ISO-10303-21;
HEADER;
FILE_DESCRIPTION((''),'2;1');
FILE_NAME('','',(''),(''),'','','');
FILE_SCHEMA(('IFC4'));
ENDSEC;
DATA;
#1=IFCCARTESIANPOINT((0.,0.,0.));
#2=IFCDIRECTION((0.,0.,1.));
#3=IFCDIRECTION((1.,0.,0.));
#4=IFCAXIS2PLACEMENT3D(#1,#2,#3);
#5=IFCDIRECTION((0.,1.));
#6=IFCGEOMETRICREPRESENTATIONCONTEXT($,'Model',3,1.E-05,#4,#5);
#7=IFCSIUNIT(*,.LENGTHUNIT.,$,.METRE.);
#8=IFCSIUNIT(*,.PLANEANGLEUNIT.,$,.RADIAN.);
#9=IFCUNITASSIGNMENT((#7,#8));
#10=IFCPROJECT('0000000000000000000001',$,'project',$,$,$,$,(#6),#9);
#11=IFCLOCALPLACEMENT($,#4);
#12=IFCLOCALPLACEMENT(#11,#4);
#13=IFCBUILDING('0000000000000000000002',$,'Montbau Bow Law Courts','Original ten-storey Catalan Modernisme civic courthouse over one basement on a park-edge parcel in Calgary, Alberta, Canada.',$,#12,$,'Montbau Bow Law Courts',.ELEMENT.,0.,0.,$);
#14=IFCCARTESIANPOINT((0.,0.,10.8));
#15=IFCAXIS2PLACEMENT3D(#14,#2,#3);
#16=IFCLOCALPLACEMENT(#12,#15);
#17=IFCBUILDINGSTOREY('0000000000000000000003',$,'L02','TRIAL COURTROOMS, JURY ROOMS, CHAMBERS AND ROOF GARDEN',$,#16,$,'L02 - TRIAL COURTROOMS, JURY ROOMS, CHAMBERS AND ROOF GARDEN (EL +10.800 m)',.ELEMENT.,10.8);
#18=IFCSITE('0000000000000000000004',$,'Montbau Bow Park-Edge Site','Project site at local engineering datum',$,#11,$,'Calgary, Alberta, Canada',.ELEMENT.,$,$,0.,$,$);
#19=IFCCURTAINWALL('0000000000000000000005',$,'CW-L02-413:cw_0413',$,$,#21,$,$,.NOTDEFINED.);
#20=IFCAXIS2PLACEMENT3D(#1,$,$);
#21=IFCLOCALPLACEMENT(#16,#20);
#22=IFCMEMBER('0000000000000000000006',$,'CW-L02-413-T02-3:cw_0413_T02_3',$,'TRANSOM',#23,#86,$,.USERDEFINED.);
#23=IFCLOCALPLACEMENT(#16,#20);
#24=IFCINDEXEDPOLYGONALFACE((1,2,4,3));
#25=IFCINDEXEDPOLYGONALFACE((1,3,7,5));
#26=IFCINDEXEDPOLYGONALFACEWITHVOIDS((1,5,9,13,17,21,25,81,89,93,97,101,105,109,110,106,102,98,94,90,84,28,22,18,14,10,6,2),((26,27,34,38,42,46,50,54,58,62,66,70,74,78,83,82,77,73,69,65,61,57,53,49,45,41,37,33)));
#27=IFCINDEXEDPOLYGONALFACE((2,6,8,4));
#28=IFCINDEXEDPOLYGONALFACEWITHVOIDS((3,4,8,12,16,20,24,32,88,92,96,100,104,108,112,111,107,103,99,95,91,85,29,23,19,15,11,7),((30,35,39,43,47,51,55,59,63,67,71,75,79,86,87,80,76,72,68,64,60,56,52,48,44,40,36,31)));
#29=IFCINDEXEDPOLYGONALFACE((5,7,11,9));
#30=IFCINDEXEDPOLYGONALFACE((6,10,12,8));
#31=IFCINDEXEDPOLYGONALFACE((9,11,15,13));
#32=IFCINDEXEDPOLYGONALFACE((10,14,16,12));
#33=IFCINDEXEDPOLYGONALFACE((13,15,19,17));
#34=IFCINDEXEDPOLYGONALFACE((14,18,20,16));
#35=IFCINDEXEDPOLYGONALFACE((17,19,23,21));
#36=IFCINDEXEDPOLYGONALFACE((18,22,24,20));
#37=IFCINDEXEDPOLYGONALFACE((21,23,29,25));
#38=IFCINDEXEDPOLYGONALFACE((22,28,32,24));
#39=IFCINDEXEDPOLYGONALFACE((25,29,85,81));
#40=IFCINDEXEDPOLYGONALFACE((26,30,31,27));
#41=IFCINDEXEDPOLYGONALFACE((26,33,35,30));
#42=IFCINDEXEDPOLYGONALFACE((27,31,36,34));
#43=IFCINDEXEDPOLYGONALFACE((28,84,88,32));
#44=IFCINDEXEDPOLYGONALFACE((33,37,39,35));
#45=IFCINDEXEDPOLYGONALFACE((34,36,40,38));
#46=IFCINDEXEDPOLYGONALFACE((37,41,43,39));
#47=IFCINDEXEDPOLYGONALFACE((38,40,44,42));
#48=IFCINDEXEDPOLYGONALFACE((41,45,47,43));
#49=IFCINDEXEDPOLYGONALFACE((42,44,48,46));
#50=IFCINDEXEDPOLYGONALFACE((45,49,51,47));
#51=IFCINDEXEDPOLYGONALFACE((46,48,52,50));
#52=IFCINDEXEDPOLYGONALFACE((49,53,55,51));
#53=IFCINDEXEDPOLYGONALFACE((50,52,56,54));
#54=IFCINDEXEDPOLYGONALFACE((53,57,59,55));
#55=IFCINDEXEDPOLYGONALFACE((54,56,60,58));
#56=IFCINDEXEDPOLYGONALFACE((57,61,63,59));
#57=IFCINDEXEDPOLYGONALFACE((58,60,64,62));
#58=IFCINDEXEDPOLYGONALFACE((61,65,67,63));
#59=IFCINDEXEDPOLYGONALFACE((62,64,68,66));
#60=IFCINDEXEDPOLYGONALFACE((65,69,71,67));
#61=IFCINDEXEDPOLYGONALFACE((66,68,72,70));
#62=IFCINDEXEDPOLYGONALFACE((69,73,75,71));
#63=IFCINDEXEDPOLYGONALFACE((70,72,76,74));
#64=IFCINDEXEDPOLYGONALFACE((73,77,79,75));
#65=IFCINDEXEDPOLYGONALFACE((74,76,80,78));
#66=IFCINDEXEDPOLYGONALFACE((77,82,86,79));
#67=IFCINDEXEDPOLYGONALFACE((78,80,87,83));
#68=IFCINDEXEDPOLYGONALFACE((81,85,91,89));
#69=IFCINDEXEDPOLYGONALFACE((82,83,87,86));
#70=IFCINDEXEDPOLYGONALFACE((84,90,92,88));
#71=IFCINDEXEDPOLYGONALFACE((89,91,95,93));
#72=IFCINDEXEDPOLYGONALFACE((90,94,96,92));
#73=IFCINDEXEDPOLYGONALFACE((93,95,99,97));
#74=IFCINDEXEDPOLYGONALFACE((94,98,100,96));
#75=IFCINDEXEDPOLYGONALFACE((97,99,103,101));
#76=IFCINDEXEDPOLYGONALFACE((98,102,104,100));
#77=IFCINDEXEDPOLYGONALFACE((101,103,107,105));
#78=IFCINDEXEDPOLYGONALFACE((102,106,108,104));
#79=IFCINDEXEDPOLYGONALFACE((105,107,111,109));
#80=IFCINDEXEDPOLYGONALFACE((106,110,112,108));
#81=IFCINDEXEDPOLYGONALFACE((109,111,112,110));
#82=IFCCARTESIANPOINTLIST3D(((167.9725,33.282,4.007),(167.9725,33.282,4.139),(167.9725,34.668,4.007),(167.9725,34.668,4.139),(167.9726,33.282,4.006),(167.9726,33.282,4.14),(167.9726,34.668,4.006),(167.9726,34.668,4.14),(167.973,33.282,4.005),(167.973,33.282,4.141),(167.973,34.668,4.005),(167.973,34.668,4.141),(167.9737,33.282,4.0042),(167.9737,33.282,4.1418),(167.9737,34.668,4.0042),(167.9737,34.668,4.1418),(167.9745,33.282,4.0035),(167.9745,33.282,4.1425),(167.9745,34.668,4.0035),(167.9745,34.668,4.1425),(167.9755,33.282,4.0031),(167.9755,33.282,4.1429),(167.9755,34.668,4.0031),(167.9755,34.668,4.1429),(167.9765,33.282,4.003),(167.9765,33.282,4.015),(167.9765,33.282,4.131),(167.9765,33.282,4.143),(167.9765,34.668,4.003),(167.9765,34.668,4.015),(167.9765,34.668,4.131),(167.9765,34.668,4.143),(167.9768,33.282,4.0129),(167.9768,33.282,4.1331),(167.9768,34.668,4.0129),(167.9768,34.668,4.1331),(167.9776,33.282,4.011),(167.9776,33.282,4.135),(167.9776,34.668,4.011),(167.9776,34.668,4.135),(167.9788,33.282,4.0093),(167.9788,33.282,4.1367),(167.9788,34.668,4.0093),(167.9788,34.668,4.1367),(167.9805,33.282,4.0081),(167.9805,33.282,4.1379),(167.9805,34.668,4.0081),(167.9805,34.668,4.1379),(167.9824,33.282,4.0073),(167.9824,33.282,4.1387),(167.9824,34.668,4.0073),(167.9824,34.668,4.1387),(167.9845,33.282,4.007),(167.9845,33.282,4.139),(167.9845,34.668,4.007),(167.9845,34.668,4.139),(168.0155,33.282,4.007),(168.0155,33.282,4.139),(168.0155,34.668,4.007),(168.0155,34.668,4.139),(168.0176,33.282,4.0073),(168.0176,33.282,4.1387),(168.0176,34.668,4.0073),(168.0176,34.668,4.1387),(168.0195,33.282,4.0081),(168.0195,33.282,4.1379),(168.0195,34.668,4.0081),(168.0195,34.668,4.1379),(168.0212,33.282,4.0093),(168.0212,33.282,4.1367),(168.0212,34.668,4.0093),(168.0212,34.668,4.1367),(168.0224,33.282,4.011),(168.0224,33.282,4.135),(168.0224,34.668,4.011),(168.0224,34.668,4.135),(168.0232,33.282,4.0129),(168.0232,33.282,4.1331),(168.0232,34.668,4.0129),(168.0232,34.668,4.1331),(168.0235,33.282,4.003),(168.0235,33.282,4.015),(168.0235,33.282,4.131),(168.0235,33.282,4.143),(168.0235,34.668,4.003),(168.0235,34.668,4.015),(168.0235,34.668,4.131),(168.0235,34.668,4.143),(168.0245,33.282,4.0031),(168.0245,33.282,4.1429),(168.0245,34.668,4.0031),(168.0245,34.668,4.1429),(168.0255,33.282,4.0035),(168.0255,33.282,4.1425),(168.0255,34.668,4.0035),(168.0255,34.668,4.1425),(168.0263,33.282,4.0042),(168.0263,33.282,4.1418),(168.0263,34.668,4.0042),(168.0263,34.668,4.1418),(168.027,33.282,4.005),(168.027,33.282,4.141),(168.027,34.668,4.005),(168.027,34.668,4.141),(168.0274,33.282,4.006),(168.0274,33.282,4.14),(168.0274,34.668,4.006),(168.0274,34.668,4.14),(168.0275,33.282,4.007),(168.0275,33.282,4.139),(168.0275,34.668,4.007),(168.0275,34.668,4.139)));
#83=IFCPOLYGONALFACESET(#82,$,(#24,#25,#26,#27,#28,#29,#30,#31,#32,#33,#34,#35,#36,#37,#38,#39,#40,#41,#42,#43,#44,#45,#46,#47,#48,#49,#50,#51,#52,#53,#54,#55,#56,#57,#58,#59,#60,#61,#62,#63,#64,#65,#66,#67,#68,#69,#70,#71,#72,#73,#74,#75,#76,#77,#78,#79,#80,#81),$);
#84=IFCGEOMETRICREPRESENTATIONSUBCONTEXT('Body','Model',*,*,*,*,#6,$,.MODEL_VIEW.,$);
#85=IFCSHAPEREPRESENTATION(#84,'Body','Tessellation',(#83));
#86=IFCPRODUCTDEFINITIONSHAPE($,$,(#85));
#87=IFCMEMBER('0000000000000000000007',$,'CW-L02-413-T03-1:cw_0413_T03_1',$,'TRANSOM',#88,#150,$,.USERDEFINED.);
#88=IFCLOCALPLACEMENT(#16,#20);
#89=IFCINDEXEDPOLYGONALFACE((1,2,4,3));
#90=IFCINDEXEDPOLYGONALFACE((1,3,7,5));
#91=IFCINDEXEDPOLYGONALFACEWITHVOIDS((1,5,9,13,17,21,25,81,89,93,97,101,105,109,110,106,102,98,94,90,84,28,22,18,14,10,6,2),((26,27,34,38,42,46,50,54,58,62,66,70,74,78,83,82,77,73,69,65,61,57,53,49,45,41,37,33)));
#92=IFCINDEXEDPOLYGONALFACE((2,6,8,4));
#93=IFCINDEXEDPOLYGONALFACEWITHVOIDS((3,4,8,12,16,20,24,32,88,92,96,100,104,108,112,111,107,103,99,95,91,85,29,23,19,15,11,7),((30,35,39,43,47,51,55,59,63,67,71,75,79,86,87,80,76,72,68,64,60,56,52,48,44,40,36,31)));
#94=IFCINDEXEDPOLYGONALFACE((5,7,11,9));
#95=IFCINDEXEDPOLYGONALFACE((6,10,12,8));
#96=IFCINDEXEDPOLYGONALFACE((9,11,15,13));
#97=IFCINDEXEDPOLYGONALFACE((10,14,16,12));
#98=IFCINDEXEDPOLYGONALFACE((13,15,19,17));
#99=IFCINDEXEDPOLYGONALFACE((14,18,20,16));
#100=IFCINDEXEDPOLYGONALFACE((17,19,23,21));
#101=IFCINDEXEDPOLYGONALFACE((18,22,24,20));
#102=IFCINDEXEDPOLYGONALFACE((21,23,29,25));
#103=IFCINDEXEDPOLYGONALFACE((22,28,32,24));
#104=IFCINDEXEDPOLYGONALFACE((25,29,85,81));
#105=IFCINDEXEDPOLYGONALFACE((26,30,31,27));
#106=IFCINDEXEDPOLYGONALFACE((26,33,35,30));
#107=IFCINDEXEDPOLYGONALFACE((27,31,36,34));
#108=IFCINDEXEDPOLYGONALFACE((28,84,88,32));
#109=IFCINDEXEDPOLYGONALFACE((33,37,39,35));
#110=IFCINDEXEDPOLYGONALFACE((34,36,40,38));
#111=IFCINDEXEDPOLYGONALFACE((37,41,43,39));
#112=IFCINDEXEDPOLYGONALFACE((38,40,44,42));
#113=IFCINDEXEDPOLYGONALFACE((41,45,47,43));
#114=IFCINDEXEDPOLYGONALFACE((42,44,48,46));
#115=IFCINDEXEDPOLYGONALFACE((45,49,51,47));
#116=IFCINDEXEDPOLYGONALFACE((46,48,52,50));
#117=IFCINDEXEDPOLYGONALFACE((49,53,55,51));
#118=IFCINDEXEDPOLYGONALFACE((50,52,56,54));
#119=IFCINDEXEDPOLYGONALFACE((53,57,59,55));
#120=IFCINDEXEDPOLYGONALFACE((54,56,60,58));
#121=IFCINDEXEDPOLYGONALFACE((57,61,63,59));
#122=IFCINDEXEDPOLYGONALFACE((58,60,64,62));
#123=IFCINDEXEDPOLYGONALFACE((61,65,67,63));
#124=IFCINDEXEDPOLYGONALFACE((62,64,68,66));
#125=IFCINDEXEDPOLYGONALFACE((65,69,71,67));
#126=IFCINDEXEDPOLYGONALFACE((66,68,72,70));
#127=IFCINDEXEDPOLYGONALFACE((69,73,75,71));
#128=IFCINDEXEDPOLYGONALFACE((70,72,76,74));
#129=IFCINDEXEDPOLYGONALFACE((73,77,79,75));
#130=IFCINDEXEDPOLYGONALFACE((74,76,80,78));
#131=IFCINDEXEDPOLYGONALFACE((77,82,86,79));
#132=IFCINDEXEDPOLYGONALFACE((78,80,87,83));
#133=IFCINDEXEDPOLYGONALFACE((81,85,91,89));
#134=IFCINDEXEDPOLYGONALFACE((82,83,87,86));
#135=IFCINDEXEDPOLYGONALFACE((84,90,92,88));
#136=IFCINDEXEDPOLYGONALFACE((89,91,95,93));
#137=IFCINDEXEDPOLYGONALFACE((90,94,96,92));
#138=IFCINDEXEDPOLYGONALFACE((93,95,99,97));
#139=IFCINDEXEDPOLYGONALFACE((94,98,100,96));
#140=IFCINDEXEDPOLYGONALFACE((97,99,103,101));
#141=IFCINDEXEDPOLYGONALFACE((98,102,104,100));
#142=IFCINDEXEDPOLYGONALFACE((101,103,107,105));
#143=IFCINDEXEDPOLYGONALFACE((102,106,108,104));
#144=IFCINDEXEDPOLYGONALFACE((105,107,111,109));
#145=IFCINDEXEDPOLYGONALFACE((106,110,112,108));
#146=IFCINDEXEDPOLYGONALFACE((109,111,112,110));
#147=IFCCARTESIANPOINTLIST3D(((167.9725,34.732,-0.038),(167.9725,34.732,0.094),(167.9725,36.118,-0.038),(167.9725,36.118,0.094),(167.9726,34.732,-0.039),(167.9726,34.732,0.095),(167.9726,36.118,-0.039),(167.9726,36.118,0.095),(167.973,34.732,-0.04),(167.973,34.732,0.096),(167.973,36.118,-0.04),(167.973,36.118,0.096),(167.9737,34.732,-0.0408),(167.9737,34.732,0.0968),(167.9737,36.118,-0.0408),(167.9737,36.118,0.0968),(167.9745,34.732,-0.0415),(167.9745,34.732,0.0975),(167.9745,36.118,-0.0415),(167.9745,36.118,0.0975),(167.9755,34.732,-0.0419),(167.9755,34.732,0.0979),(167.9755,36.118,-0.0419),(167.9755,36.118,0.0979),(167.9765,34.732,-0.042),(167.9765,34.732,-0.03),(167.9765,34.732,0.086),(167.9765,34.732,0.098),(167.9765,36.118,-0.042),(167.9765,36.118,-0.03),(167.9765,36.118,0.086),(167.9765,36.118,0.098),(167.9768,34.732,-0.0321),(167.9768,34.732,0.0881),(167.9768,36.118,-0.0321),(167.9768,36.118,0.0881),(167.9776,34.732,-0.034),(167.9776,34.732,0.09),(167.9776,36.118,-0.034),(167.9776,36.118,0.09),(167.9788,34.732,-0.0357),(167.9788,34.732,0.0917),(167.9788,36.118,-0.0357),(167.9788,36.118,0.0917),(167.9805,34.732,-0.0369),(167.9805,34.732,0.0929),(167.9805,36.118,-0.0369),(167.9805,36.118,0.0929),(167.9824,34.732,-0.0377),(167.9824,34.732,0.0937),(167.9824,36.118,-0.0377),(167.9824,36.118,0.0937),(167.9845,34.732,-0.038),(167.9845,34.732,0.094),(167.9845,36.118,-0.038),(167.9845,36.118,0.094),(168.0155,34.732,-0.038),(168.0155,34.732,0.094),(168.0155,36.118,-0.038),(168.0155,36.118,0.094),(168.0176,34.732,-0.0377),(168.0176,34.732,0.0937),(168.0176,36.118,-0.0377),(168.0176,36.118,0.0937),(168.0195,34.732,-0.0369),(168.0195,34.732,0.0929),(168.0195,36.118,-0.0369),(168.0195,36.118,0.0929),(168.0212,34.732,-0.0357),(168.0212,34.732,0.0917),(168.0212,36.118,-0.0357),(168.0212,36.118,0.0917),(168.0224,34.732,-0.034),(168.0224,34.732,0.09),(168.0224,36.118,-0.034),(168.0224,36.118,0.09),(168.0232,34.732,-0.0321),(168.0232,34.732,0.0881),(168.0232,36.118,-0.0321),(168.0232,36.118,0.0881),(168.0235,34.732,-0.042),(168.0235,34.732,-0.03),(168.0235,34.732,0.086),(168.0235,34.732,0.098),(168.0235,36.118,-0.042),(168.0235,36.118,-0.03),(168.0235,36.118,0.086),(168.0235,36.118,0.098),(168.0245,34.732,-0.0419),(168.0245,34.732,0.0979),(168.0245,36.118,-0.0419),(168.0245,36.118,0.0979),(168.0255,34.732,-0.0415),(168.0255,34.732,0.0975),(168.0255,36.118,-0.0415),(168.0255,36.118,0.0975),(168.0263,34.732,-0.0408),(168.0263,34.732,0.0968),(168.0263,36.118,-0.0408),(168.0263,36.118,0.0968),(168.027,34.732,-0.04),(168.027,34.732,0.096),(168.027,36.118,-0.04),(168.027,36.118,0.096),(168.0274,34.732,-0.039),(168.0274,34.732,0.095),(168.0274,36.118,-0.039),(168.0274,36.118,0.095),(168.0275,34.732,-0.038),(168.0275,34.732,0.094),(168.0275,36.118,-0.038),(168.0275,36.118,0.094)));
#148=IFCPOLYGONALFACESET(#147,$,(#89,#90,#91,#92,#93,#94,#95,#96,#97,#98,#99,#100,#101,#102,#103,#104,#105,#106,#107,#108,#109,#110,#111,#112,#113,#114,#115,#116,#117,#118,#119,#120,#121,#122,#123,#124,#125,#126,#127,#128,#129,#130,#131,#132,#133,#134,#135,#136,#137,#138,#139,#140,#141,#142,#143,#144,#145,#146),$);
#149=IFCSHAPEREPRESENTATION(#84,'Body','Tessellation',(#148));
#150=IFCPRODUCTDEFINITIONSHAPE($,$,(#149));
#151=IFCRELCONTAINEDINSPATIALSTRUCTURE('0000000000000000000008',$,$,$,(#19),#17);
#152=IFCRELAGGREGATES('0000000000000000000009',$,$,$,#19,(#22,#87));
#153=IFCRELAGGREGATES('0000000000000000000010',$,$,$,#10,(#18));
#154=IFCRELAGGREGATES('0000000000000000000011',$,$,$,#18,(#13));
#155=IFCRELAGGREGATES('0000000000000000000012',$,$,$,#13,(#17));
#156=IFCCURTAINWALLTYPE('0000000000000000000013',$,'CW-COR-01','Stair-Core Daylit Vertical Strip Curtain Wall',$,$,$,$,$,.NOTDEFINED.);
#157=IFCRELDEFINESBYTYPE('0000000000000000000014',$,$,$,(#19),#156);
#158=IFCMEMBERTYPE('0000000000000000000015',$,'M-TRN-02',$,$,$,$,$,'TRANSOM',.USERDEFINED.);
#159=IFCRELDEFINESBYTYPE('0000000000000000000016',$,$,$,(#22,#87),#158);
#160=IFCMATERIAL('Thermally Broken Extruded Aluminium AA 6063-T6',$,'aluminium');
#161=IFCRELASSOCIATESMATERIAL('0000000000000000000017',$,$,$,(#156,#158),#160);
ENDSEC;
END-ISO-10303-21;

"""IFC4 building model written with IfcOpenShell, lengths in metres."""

from ifc_helpers import new_model, si_unit, direction, frame, origin_with_axes, origin_2d_with_axis, place, context, subcontext, project, spatial, hollow_rectangle, extrude, material, material_profile, profile_set, type_object, element, aggregate, save


model = new_model("IFC4")

# Units and contexts
model_context = context("Model", 3, precision=1e-05, world=origin_with_axes(), true_north=direction((0.0, 1.0)))
body_context = subcontext(model_context, "Body", "Model", "MODEL_VIEW")
ifc_project = project(units=[si_unit("LENGTHUNIT", "METRE"), si_unit("PLANEANGLEUNIT", "RADIAN")], contexts=[model_context])

# Site, building, storey
site_placement = place(None, origin_with_axes())
site = spatial("IfcSite", under=ifc_project, at=site_placement, Name="Montbau Bow Park-Edge Site", Description="Project site at local engineering datum", LongName="Calgary, Alberta, Canada", CompositionType="ELEMENT", RefElevation=0.0)
building_placement = place(site_placement, origin_with_axes())
building = spatial("IfcBuilding", under=site, at=building_placement, Name="Montbau Bow Law Courts", Description="Original ten-storey Catalan Modernisme civic courthouse over one basement on a park-edge parcel in Calgary, Alberta, Canada.", LongName="Montbau Bow Law Courts", CompositionType="ELEMENT", ElevationOfRefHeight=0.0, ElevationOfTerrain=0.0)
storey_placement = place(building_placement, frame((0.0, 0.0, 10.8), z_axis=(0.0, 0.0, 1.0), x_axis=(1.0, 0.0, 0.0)))
storey = spatial("IfcBuildingStorey", under=building, at=storey_placement, Name="L02", Description="TRIAL COURTROOMS, JURY ROOMS, CHAMBERS AND ROOF GARDEN", LongName="L02 - TRIAL COURTROOMS, JURY ROOMS, CHAMBERS AND ROOF GARDEN (EL +10.800 m)", CompositionType="ELEMENT", Elevation=10.8)

# Curtain wall, members
ifc_material_1 = material(Name="Thermally Broken Extruded Aluminium AA 6063-T6", Category="aluminium")
curtain_wall_type = type_object("IfcCurtainWallType", Name="CW-COR-01", Description="Stair-Core Daylit Vertical Strip Curtain Wall", PredefinedType="NOTDEFINED", material=ifc_material_1)
curtain_wall_placement = place(None, frame((168.0, 31.8, 10.8), z_axis=(0.0, 0.0, 1.0), x_axis=(1.0, 0.0, 0.0)))
curtain_wall = element("IfcCurtainWall", 1, at=curtain_wall_placement, inside=storey, type_object=curtain_wall_type, Name="CW-L02-413:cw_0413", PredefinedType="NOTDEFINED")
ifc_material_profile_1 = material_profile(ifc_material_1, hollow_rectangle(XDim=0.055, YDim=0.14, WallThickness=0.004, InnerFilletRadius=0.008, OuterFilletRadius=0.004, at=origin_2d_with_axis()), Name="CWT-140X55", Category="Main", Priority=0)
ifc_profile_set_1 = profile_set([ifc_material_profile_1], Name="Thermally Broken Extruded Aluminium AA 6063-T6")
member_type_1 = type_object("IfcMemberType", Name="M-TRN-02", ElementType="TRANSOM", PredefinedType="USERDEFINED", material=ifc_profile_set_1)
member_1_placement = place(None, frame((168.0, 33.282, 14.873), z_axis=(0.0, 1.0, 0.0), x_axis=(-1.0, 0.0, 0.0)))
member_1 = element("IfcMember", 2, at=member_1_placement, type_object=member_type_1, Name="CW-L02-413-T02-3:cw_0413_T02_3", ObjectType="TRANSOM", PredefinedType="USERDEFINED", context=body_context, shape_type="SweptSolid", body=[
    extrude(hollow_rectangle(XDim=0.055, YDim=0.14, WallThickness=0.004, InnerFilletRadius=0.008, OuterFilletRadius=0.004, at=origin_2d_with_axis()), origin_with_axes(), (0.0, 0.0, 1.0), 1.386),
])
member_2_placement = place(None, frame((168.0, 34.732, 10.828), z_axis=(0.0, 1.0, 0.0), x_axis=(-1.0, 0.0, 0.0)))
member_2 = element("IfcMember", 3, at=member_2_placement, type_object=member_type_1, Name="CW-L02-413-T03-1:cw_0413_T03_1", ObjectType="TRANSOM", PredefinedType="USERDEFINED", context=body_context, shape_type="SweptSolid", body=[
    extrude(hollow_rectangle(XDim=0.055, YDim=0.14, WallThickness=0.004, InnerFilletRadius=0.008, OuterFilletRadius=0.004, at=origin_2d_with_axis()), origin_with_axes(), (0.0, 0.0, 1.0), 1.386),
])
aggregate(curtain_wall, [member_1, member_2])

save(model, "model.ifc")
